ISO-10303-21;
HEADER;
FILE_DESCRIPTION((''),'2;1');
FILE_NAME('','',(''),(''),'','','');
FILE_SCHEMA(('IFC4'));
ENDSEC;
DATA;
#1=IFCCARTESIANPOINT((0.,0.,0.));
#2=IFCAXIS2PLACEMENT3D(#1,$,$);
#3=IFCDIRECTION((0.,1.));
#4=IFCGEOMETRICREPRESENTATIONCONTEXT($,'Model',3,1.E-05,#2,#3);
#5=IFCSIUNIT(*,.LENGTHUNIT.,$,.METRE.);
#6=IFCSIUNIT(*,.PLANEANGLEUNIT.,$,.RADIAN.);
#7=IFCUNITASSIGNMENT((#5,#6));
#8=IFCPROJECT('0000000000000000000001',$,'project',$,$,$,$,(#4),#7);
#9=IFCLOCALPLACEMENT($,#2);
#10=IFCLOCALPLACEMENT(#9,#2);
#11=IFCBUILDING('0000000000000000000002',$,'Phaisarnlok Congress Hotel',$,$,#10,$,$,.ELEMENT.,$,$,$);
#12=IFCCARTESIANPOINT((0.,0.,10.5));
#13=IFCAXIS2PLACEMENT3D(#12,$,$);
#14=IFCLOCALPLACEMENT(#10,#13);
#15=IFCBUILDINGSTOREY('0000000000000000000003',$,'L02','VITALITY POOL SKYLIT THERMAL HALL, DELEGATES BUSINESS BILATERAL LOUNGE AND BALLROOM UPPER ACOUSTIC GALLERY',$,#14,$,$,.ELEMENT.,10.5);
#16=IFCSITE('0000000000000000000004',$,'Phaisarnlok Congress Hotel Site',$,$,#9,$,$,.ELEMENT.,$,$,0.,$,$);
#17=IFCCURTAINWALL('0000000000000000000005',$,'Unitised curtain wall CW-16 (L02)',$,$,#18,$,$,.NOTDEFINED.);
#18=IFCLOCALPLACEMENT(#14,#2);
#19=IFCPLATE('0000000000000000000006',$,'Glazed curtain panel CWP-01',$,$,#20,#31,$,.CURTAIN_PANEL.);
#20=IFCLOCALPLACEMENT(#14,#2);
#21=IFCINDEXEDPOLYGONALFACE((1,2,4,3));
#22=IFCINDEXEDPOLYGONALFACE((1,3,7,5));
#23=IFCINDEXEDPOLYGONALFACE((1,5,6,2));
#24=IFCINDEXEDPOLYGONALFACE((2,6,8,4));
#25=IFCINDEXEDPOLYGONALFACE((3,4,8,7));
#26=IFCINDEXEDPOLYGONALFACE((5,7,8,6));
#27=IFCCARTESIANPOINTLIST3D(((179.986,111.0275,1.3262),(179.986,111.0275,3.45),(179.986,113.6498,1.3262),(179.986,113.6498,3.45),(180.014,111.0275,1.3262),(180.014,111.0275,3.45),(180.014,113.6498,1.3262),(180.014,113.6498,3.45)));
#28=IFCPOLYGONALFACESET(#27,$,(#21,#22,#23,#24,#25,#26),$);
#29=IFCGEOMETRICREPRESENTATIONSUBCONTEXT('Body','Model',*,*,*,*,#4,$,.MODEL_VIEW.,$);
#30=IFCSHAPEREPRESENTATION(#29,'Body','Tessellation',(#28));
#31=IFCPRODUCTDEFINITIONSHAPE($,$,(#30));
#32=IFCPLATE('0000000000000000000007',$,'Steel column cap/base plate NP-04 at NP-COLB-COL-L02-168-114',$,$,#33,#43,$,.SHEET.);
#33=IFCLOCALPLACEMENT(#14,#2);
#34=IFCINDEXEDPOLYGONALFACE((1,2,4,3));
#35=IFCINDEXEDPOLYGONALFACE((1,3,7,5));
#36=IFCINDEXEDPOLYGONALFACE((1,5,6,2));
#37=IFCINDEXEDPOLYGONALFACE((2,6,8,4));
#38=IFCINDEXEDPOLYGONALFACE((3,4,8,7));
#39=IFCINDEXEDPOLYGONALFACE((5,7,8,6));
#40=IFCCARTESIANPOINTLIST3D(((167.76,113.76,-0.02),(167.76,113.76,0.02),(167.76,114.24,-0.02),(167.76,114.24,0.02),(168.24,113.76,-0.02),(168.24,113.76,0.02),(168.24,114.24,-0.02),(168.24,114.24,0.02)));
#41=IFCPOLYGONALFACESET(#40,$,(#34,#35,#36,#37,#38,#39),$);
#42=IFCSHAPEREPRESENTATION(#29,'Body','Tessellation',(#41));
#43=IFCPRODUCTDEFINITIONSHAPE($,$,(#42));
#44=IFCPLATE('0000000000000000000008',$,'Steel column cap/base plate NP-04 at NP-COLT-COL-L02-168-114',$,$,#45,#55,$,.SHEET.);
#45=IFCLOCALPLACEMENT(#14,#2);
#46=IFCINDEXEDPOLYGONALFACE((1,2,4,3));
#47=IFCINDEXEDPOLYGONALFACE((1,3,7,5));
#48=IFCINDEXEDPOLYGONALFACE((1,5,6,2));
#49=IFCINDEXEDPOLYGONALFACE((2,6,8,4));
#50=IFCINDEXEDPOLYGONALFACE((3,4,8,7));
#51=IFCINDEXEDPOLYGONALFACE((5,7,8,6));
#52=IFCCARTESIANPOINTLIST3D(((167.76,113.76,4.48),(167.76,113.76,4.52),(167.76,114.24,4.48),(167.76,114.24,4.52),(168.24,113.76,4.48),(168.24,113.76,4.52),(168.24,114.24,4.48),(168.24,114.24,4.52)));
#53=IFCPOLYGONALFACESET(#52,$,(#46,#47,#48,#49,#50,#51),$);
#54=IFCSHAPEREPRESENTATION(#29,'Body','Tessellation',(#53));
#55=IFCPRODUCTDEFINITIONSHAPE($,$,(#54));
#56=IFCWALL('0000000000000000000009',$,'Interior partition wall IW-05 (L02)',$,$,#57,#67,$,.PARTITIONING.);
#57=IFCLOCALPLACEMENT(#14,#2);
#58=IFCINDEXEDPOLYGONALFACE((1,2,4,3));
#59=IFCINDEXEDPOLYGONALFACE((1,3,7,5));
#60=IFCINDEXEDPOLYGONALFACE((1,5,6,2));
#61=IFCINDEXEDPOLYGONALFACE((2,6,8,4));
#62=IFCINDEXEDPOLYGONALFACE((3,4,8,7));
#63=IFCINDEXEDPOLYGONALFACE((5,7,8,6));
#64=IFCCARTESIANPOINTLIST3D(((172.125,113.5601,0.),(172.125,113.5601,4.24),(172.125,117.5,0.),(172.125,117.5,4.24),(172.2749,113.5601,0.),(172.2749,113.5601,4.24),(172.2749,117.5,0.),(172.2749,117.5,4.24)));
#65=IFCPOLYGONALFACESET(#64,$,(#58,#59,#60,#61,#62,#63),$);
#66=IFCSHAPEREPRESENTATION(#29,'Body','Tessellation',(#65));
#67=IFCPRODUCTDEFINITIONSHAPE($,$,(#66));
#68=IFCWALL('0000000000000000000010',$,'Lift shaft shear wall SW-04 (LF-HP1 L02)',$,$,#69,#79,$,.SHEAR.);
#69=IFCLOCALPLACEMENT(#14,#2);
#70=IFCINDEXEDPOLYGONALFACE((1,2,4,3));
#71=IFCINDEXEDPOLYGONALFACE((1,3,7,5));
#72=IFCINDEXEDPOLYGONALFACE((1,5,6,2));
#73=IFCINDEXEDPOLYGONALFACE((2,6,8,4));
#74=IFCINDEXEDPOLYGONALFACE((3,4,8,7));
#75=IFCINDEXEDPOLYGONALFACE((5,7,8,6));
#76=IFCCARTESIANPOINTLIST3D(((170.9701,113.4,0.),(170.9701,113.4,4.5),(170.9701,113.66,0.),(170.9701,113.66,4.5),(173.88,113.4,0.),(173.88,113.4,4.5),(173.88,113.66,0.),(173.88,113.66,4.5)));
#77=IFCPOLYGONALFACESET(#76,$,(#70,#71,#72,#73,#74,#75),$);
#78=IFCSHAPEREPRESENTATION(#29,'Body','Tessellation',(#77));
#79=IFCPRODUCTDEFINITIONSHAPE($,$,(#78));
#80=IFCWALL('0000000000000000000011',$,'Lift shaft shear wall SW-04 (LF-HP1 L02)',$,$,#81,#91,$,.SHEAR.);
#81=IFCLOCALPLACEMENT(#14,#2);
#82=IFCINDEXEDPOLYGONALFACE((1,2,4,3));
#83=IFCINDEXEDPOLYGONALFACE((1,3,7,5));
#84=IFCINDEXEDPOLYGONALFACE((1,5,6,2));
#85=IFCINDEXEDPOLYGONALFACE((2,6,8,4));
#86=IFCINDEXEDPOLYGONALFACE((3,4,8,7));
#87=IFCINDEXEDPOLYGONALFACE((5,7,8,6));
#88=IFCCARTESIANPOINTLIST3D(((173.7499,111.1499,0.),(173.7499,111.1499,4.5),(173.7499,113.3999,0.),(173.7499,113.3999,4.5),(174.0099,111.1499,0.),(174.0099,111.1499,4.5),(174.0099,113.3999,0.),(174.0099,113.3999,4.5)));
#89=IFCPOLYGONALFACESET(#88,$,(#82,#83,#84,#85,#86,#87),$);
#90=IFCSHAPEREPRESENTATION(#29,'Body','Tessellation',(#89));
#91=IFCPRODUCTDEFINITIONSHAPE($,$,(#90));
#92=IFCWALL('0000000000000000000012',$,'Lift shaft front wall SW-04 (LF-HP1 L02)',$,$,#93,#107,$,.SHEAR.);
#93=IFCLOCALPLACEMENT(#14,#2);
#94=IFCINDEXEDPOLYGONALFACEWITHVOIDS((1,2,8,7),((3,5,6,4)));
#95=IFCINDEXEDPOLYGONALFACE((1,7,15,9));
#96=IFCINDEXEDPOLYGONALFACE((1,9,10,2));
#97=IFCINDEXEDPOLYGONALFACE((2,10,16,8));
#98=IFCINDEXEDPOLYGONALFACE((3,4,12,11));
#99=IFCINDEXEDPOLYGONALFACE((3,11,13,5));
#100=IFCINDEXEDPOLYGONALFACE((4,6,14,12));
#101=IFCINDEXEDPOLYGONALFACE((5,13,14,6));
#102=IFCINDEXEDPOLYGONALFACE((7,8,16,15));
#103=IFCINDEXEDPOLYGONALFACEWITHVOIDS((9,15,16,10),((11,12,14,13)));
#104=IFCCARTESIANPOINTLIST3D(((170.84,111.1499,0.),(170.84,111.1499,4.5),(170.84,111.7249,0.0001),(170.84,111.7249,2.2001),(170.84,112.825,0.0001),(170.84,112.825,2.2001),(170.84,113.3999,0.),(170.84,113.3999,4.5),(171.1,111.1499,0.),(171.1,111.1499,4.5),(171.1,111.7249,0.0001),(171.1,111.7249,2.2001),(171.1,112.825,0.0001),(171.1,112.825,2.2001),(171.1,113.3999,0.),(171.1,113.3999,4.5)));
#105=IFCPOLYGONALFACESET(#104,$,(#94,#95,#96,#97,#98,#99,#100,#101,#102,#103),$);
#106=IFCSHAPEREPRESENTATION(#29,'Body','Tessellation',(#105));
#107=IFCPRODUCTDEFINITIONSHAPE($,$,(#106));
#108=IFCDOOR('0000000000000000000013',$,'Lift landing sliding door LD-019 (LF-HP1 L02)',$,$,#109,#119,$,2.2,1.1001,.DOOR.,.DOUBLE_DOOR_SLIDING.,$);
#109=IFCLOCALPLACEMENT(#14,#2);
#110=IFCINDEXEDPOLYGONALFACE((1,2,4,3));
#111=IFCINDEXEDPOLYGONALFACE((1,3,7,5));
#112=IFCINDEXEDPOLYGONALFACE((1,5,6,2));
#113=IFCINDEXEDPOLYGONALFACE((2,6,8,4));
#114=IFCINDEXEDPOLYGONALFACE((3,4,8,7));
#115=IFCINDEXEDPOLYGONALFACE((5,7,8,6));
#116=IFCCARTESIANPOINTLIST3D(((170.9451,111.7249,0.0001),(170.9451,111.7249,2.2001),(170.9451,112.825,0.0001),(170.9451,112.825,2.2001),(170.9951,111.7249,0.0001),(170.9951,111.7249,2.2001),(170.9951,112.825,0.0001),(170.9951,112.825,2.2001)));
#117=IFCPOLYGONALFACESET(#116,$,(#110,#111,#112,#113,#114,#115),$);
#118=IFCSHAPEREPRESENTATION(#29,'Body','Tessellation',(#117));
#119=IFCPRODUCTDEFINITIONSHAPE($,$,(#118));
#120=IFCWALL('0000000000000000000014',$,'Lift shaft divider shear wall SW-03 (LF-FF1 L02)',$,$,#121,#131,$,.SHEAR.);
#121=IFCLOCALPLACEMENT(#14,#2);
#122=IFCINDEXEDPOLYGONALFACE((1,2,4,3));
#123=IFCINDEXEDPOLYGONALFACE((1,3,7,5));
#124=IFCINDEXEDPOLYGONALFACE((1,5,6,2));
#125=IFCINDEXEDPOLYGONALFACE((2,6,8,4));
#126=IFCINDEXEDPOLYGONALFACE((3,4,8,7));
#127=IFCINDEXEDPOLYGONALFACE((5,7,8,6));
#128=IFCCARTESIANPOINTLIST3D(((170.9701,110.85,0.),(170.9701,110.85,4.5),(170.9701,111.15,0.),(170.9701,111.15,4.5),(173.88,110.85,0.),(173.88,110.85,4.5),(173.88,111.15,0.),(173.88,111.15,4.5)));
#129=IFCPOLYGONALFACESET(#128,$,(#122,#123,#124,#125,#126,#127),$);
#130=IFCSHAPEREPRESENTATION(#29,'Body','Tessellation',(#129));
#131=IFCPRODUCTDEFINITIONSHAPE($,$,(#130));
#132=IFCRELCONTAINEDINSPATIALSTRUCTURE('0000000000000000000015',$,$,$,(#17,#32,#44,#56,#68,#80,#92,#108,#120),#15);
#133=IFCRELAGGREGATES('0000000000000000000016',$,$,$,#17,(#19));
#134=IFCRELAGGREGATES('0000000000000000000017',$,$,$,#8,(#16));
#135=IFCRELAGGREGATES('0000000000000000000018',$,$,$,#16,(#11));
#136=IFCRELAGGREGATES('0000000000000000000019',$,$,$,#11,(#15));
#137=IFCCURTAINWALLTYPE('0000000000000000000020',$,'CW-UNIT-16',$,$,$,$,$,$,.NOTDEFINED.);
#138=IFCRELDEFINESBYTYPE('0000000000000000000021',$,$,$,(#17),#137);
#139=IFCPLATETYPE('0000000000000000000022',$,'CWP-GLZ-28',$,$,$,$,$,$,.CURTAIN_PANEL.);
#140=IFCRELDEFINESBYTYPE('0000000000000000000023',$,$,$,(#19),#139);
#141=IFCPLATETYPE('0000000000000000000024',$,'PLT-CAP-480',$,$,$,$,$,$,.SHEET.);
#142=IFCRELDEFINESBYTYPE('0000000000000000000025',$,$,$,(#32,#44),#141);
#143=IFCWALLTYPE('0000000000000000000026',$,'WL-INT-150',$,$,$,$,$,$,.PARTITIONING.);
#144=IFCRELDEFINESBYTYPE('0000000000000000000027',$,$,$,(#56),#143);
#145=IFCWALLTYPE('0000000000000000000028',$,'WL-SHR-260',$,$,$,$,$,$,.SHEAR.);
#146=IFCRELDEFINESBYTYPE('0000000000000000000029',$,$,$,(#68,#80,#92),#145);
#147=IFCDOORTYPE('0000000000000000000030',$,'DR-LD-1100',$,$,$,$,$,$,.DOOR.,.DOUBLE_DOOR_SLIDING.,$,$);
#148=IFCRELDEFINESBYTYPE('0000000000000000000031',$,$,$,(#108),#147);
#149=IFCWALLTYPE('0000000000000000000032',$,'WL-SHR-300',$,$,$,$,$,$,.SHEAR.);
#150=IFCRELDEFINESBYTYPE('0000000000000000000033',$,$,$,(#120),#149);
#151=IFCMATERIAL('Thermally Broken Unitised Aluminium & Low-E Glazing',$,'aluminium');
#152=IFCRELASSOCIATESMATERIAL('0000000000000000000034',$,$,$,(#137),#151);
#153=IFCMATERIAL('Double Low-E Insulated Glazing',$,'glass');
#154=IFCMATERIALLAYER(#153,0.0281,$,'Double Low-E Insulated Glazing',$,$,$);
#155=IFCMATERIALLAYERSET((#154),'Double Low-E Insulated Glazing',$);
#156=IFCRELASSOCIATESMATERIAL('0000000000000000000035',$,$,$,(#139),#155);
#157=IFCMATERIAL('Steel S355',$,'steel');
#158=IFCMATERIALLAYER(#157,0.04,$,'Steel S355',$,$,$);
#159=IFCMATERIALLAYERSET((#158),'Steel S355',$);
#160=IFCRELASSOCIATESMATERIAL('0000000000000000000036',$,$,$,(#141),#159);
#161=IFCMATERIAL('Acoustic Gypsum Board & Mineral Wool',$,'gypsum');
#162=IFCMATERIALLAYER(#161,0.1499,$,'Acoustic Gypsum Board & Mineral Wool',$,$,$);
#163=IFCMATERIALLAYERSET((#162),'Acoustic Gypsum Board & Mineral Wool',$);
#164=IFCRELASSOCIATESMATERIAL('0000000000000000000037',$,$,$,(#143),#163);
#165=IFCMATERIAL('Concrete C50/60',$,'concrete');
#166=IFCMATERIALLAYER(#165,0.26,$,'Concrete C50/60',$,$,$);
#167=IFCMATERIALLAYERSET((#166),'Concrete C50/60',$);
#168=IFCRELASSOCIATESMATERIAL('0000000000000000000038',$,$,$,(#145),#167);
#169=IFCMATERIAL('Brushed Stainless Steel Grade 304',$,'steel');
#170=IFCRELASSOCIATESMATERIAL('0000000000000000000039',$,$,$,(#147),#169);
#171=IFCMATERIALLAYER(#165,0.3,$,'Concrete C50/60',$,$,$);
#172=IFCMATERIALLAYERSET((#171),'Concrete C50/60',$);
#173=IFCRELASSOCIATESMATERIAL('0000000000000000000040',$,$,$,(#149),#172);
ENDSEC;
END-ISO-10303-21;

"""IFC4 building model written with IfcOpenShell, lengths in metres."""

from ifc_helpers import new_model, si_unit, direction, frame, frame_2d, origin, origin_2d, place, context, subcontext, project, spatial, rectangle, extrude, material, layer, layer_set, type_object, element, fill, aggregate, save


model = new_model("IFC4")

# Units and contexts
model_context = context("Model", 3, precision=1e-05, world=origin(), true_north=direction((0.0, 1.0)))
body_context = subcontext(model_context, "Body", "Model", "MODEL_VIEW")
ifc_project = project(units=[si_unit("LENGTHUNIT", "METRE"), si_unit("PLANEANGLEUNIT", "RADIAN")], contexts=[model_context])

# Site, building, storey
site_placement = place(None, origin())
site = spatial("IfcSite", under=ifc_project, at=site_placement, Name="Phaisarnlok Congress Hotel Site", CompositionType="ELEMENT", RefElevation=0.0)
building_placement = place(site_placement, origin())
building = spatial("IfcBuilding", under=site, at=building_placement, Name="Phaisarnlok Congress Hotel", CompositionType="ELEMENT")
storey_placement = place(building_placement, frame((0.0, 0.0, 10.5)))
storey = spatial("IfcBuildingStorey", under=building, at=storey_placement, Name="L02", Description="VITALITY POOL SKYLIT THERMAL HALL, DELEGATES BUSINESS BILATERAL LOUNGE AND BALLROOM UPPER ACOUSTIC GALLERY", CompositionType="ELEMENT", Elevation=10.5)

# Shared definitions
ifc_material_1 = material(Name="Concrete C50/60", Category="concrete")
ifc_material_2 = material(Name="Steel S355", Category="steel")

# Curtain wall
ifc_material_3 = material(Name="Thermally Broken Unitised Aluminium & Low-E Glazing", Category="aluminium")
curtain_wall_type = type_object("IfcCurtainWallType", Name="CW-UNIT-16", PredefinedType="NOTDEFINED", material=ifc_material_3)
curtain_wall_placement = place(storey_placement, origin())
curtain_wall = element("IfcCurtainWall", 1, at=curtain_wall_placement, inside=storey, type_object=curtain_wall_type, Name="Unitised curtain wall CW-16 (L02)", PredefinedType="NOTDEFINED")

# Plate
ifc_material_4 = material(Name="Double Low-E Insulated Glazing", Category="glass")
ifc_layer_1 = layer(ifc_material_4, 0.0281, Name="Double Low-E Insulated Glazing")
ifc_layer_set_1 = layer_set([ifc_layer_1], Name="Double Low-E Insulated Glazing")
plate_type_1 = type_object("IfcPlateType", Name="CWP-GLZ-28", PredefinedType="CURTAIN_PANEL", material=ifc_layer_set_1)
plate_1_placement = place(storey_placement, frame((180.0, 111.0276, 1.3262), z_axis=(0.0, 0.0, 1.0), x_axis=(0.0, 1.0, 0.0)))
plate_1 = element("IfcPlate", 2, at=plate_1_placement, type_object=plate_type_1, Name="Glazed curtain panel CWP-01", PredefinedType="CURTAIN_PANEL", context=body_context, shape_type="SweptSolid", body=[
    extrude(rectangle(XDim=2.6223, YDim=0.0281, at=frame_2d((1.311, 0.0))), origin(), (0.0, 0.0, 1.0), 2.1238),
])
aggregate(curtain_wall, [plate_1])

# Plates
ifc_layer_2 = layer(ifc_material_2, 0.04, Name="Steel S355")
ifc_layer_set_2 = layer_set([ifc_layer_2], Name="Steel S355")
plate_type_2 = type_object("IfcPlateType", Name="PLT-CAP-480", PredefinedType="SHEET", material=ifc_layer_set_2)
for number, where, z_axis, x_axis, name in (
    (3, (168.0, 114.0, -0.02), (0.0, 0.0, 1.0), (1.0, 0.0, 0.0), "Steel column cap/base plate NP-04 at NP-COLB-COL-L02-168-114"),
    (4, (168.0, 114.0, 4.48), (0.0, 0.0, 1.0), (1.0, 0.0, 0.0), "Steel column cap/base plate NP-04 at NP-COLT-COL-L02-168-114"),
):
    element("IfcPlate", number, at=place(storey_placement, frame(where, z_axis=z_axis, x_axis=x_axis)), inside=storey, type_object=plate_type_2, Name=name, PredefinedType="SHEET", context=body_context, shape_type="SweptSolid", body=[
        extrude(rectangle(XDim=0.48, YDim=0.48, at=origin_2d()), origin(), (0.0, 0.0, 1.0), 0.04),
    ])

# Walls
ifc_material_5 = material(Name="Acoustic Gypsum Board & Mineral Wool", Category="gypsum")
ifc_layer_3 = layer(ifc_material_5, 0.1499, Name="Acoustic Gypsum Board & Mineral Wool")
ifc_layer_set_3 = layer_set([ifc_layer_3], Name="Acoustic Gypsum Board & Mineral Wool")
wall_type_1 = type_object("IfcWallType", Name="WL-INT-150", PredefinedType="PARTITIONING", material=ifc_layer_set_3)
wall_1_placement = place(storey_placement, frame((172.2, 113.5601, 0.0), z_axis=(0.0, 0.0, 1.0), x_axis=(0.0, 1.0, 0.0)))
element("IfcWall", 5, at=wall_1_placement, inside=storey, type_object=wall_type_1, Name="Interior partition wall IW-05 (L02)", PredefinedType="PARTITIONING", context=body_context, shape_type="SweptSolid", body=[
    extrude(rectangle(XDim=3.9399, YDim=0.1499, at=frame_2d((1.97, 0.0))), origin(), (0.0, 0.0, 1.0), 4.24),
])
ifc_layer_4 = layer(ifc_material_1, 0.26, Name="Concrete C50/60")
ifc_layer_set_4 = layer_set([ifc_layer_4], Name="Concrete C50/60")
wall_type_2 = type_object("IfcWallType", Name="WL-SHR-260", PredefinedType="SHEAR", material=ifc_layer_set_4)
wall_2_placement = place(storey_placement, frame((170.97, 113.53, 0.0), z_axis=(0.0, 0.0, 1.0), x_axis=(1.0, 0.0, 0.0)))
element("IfcWall", 6, at=wall_2_placement, inside=storey, type_object=wall_type_2, Name="Lift shaft shear wall SW-04 (LF-HP1 L02)", PredefinedType="SHEAR", context=body_context, shape_type="SweptSolid", body=[
    extrude(rectangle(XDim=2.9099, YDim=0.26, at=frame_2d((1.4551, 0.0))), origin(), (0.0, 0.0, 1.0), 4.5),
])
wall_3_placement = place(storey_placement, frame((173.8799, 111.1499, 0.0), z_axis=(0.0, 0.0, 1.0), x_axis=(0.0, 1.0, 0.0)))
element("IfcWall", 7, at=wall_3_placement, inside=storey, type_object=wall_type_2, Name="Lift shaft shear wall SW-04 (LF-HP1 L02)", PredefinedType="SHEAR", context=body_context, shape_type="SweptSolid", body=[
    extrude(rectangle(XDim=2.25, YDim=0.26, at=frame_2d((1.125, 0.0))), origin(), (0.0, 0.0, 1.0), 4.5),
])

# Wall, opening, door
wall_4_placement = place(storey_placement, frame((170.97, 111.1499, 0.0), z_axis=(0.0, 0.0, 1.0), x_axis=(0.0, 1.0, 0.0)))
wall_4 = element("IfcWall", 8, at=wall_4_placement, inside=storey, type_object=wall_type_2, Name="Lift shaft front wall SW-04 (LF-HP1 L02)", PredefinedType="SHEAR", context=body_context, shape_type="SweptSolid", body=[
    extrude(rectangle(XDim=2.25, YDim=0.26, at=frame_2d((1.125, 0.0))), origin(), (0.0, 0.0, 1.0), 4.5),
])
opening_placement = place(wall_4_placement, frame((0.575, 0.0, 0.0)))
opening = element("IfcOpeningElement", 9, at=opening_placement, cuts=wall_4, PredefinedType="OPENING", context=body_context, shape_type="SweptSolid", body=[
    extrude(rectangle(XDim=1.1001, YDim=2.2, at=frame_2d((0.55, 1.1001))), frame((0.0, 0.1401, 0.0), z_axis=(0.0, -1.0, 0.0), x_axis=(1.0, 0.0, 0.0)), (0.0, 0.0, 1.0), 0.28),
])
ifc_material_6 = material(Name="Brushed Stainless Steel Grade 304", Category="steel")
door_type = type_object("IfcDoorType", Name="DR-LD-1100", OperationType="DOUBLE_DOOR_SLIDING", PredefinedType="DOOR", material=ifc_material_6)
door_placement = place(opening_placement, origin())
door = element("IfcDoor", 10, at=door_placement, inside=storey, type_object=door_type, Name="Lift landing sliding door LD-019 (LF-HP1 L02)", OperationType="DOUBLE_DOOR_SLIDING", OverallHeight=2.2, OverallWidth=1.1001, PredefinedType="DOOR", context=body_context, shape_type="SweptSolid", body=[
    extrude(rectangle(XDim=1.1001, YDim=2.2, at=frame_2d((0.55, 1.1001))), frame((0.0, 0.0249, 0.0), z_axis=(0.0, -1.0, 0.0), x_axis=(1.0, 0.0, 0.0)), (0.0, 0.0, 1.0), 0.05),
])
fill(opening, door)

# Wall
ifc_layer_5 = layer(ifc_material_1, 0.3, Name="Concrete C50/60")
ifc_layer_set_5 = layer_set([ifc_layer_5], Name="Concrete C50/60")
wall_type_3 = type_object("IfcWallType", Name="WL-SHR-300", PredefinedType="SHEAR", material=ifc_layer_set_5)
wall_5_placement = place(storey_placement, frame((170.97, 111.0, 0.0), z_axis=(0.0, 0.0, 1.0), x_axis=(1.0, 0.0, 0.0)))
element("IfcWall", 11, at=wall_5_placement, inside=storey, type_object=wall_type_3, Name="Lift shaft divider shear wall SW-03 (LF-FF1 L02)", PredefinedType="SHEAR", context=body_context, shape_type="SweptSolid", body=[
    extrude(rectangle(XDim=2.9099, YDim=0.3, at=frame_2d((1.4551, 0.0))), origin(), (0.0, 0.0, 1.0), 4.5),
])

save(model, "model.ifc")
